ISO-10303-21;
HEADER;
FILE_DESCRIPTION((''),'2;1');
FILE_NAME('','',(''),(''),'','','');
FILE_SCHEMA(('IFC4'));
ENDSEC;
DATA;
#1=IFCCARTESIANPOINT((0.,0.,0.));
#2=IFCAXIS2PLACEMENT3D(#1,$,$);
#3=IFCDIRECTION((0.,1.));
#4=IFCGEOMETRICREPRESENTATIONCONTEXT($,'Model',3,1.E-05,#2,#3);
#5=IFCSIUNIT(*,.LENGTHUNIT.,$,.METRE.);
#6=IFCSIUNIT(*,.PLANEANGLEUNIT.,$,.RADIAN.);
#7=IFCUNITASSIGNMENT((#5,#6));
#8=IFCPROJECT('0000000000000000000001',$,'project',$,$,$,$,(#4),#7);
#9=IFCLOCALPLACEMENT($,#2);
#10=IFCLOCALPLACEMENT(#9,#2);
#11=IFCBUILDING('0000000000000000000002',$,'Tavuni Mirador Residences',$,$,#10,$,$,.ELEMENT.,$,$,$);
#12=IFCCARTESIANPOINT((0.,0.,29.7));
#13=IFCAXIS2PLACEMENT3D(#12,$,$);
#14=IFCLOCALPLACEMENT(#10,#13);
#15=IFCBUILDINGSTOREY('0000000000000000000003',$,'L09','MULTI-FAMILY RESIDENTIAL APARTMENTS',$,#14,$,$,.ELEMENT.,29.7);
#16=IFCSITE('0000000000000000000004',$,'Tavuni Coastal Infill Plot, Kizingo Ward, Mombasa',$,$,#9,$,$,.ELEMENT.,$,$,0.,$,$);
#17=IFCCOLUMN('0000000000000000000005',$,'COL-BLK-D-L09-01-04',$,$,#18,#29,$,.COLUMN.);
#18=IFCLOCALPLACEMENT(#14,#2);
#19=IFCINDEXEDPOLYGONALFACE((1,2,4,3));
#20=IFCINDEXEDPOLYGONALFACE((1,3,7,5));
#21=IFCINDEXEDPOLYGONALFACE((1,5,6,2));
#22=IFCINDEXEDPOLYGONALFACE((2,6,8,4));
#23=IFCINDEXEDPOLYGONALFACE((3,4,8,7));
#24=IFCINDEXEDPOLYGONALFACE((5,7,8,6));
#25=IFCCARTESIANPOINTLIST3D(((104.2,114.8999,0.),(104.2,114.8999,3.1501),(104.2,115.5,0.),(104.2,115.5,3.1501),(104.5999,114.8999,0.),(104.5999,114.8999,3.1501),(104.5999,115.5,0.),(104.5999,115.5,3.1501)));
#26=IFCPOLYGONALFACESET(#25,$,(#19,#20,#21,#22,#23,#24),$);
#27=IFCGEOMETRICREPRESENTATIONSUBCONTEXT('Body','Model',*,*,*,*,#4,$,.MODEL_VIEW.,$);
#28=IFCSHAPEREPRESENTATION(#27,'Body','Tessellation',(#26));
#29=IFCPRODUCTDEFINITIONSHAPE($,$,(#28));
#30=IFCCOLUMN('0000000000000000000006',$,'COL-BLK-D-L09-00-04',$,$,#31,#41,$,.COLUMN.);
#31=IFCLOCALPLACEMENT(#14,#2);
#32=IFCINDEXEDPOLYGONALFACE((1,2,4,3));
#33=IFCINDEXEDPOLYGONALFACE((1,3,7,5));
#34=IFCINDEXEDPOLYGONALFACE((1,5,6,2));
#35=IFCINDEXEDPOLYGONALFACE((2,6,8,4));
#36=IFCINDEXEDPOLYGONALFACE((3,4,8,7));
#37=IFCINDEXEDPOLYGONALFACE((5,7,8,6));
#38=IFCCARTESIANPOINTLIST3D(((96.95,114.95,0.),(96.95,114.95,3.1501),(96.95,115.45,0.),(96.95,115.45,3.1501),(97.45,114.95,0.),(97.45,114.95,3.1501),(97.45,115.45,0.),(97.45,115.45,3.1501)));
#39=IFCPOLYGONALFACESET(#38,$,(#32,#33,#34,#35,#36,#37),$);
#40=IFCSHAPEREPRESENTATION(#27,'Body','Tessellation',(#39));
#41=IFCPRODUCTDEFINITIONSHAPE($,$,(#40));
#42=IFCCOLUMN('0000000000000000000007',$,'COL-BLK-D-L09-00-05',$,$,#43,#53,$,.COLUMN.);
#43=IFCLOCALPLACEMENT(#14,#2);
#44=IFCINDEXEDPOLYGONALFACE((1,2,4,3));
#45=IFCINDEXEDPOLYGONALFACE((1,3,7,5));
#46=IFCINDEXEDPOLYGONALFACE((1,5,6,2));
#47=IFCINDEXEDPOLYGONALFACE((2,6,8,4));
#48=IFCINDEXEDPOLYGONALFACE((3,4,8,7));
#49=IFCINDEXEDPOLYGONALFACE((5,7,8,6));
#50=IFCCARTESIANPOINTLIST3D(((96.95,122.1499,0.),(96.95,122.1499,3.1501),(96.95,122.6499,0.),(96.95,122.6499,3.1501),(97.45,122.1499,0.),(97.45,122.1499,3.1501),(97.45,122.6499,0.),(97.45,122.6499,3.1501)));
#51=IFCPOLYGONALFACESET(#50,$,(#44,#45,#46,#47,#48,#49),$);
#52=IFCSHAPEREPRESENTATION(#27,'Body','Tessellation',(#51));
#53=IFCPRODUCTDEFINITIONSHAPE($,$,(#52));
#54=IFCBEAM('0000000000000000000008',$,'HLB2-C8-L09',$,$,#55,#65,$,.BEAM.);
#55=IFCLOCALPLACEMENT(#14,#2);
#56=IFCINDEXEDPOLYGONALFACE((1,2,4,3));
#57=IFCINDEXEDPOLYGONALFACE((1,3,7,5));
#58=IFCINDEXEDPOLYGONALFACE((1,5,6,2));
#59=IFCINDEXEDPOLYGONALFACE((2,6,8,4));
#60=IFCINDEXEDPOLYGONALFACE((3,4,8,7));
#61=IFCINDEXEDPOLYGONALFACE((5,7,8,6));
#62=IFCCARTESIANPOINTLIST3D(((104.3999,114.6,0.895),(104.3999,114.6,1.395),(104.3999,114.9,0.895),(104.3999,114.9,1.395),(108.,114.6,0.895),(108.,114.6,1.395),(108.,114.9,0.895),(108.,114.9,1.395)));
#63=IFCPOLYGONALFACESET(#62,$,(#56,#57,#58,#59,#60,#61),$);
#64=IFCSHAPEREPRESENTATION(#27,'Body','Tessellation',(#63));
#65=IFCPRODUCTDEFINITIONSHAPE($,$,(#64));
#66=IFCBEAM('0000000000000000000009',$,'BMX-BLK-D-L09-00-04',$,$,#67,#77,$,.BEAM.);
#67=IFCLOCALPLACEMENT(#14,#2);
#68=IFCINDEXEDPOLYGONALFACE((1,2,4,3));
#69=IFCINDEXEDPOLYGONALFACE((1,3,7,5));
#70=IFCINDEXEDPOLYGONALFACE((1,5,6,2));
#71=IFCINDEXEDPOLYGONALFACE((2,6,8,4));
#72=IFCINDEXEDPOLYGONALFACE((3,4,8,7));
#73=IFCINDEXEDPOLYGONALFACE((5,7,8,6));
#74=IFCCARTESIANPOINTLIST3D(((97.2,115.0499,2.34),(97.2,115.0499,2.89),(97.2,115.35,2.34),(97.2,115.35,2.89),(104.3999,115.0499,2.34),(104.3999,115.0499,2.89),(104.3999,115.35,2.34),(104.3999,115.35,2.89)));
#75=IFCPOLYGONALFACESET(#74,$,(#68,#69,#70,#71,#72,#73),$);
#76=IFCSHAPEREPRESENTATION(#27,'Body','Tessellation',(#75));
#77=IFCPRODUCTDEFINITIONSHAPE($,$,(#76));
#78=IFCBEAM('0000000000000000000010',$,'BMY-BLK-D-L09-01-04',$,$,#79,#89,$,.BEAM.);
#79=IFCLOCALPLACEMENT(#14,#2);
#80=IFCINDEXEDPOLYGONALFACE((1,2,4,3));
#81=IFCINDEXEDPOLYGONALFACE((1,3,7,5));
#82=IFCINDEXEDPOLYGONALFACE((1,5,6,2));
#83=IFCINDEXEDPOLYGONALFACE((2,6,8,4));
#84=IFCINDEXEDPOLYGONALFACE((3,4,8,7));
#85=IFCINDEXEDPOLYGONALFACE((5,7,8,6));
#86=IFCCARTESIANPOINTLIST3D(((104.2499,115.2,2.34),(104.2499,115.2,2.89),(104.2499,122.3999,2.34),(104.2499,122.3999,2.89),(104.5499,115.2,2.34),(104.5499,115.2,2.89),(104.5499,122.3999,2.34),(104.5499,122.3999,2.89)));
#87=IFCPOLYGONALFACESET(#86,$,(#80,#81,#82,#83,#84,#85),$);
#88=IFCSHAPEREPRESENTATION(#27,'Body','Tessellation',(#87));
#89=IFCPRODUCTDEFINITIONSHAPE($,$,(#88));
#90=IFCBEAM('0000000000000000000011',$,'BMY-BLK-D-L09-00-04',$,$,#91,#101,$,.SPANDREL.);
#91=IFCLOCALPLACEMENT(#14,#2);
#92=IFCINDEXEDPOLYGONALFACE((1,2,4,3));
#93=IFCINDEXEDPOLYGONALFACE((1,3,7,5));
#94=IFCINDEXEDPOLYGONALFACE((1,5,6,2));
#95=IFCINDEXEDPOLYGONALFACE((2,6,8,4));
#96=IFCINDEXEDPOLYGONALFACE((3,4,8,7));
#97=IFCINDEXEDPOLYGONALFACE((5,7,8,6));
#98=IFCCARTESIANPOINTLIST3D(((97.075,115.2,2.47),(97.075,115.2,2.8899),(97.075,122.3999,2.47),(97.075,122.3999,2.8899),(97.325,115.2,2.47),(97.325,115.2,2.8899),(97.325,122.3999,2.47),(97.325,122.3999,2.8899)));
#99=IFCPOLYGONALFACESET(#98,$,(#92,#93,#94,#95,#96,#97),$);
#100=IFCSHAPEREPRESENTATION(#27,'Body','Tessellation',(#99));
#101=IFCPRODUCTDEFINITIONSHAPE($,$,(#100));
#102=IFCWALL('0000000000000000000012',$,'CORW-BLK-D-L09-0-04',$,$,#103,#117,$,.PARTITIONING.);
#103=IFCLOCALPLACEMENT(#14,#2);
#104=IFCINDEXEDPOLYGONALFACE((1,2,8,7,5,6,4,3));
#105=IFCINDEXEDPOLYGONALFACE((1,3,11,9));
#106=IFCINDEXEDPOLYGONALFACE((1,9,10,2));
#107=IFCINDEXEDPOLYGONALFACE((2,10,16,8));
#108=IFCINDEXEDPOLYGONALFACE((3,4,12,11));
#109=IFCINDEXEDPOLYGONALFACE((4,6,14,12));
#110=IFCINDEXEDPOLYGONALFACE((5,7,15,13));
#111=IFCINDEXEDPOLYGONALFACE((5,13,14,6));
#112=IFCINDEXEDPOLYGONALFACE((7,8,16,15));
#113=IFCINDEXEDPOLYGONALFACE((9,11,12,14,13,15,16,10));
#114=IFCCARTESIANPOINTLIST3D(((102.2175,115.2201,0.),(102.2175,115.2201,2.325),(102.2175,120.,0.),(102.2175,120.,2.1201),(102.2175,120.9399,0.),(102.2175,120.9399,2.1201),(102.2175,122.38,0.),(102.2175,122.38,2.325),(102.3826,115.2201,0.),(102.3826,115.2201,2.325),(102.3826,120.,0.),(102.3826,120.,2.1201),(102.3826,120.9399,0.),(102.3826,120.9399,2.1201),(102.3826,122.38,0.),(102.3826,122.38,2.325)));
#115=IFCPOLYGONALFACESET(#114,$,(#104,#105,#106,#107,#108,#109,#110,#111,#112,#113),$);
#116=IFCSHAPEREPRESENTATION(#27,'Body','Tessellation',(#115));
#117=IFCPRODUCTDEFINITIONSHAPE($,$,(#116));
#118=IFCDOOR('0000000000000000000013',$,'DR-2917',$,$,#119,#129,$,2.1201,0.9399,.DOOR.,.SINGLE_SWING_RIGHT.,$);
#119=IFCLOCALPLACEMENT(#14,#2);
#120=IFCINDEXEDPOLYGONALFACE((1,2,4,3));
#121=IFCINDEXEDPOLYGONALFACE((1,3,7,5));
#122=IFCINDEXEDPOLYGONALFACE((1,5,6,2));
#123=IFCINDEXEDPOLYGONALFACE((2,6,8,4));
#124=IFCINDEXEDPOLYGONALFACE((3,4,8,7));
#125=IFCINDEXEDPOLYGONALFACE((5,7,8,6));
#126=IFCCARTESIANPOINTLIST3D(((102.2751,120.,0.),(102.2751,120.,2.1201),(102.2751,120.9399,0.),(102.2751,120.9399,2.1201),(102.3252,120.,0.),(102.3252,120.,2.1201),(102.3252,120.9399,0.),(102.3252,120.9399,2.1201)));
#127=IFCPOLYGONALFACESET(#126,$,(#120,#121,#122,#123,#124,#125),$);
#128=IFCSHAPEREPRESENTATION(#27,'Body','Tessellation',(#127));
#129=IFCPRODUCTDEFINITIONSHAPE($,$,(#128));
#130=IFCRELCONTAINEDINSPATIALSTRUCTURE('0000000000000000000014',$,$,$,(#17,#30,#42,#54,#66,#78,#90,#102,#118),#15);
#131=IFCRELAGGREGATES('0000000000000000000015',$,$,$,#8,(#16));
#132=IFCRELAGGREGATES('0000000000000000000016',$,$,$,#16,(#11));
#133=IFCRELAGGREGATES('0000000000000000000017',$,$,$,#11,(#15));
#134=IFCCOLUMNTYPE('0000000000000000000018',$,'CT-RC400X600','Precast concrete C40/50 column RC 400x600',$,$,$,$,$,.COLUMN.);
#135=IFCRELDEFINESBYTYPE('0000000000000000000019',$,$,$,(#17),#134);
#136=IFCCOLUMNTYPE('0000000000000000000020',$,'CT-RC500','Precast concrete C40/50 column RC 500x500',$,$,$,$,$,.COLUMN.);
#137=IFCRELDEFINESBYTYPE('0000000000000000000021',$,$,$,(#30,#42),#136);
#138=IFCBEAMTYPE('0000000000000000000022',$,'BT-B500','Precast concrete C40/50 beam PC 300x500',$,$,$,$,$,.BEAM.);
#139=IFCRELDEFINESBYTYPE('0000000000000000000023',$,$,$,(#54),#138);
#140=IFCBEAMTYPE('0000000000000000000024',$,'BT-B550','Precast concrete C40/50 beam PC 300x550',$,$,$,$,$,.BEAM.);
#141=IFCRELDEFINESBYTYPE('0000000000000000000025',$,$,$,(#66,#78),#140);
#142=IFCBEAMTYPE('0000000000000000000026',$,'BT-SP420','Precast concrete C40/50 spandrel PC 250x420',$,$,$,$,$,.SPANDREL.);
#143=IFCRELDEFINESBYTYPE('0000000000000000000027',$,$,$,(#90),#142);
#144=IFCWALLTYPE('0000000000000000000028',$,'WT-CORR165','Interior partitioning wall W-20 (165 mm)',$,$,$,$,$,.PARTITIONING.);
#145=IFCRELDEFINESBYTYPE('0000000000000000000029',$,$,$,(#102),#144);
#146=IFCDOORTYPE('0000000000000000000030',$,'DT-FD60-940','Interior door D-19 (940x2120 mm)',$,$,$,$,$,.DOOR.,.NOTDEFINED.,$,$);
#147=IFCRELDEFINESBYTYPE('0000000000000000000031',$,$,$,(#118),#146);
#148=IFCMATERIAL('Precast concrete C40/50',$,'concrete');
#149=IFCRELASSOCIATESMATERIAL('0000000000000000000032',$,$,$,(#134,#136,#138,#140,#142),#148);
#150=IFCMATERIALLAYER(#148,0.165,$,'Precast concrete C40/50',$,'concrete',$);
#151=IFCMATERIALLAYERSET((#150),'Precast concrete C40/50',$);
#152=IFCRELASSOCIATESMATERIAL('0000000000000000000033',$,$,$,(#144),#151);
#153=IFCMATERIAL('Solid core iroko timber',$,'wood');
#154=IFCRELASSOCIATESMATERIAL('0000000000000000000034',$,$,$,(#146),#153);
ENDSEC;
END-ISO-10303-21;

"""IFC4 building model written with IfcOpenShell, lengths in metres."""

from ifc_helpers import new_model, si_unit, direction, frame, frame_2d, origin, origin_2d, place, context, subcontext, project, spatial, rectangle, extrude, material, layer, layer_set, material_profile, profile_set, type_object, element, fill, save


model = new_model("IFC4")

# Units and contexts
model_context = context("Model", 3, precision=1e-05, world=origin(), true_north=direction((0.0, 1.0)))
body_context = subcontext(model_context, "Body", "Model", "MODEL_VIEW")
ifc_project = project(units=[si_unit("LENGTHUNIT", "METRE"), si_unit("PLANEANGLEUNIT", "RADIAN")], contexts=[model_context])

# Site, building, storey
site_placement = place(None, origin())
site = spatial("IfcSite", under=ifc_project, at=site_placement, Name="Tavuni Coastal Infill Plot, Kizingo Ward, Mombasa", CompositionType="ELEMENT", RefElevation=0.0)
building_placement = place(site_placement, origin())
building = spatial("IfcBuilding", under=site, at=building_placement, Name="Tavuni Mirador Residences", CompositionType="ELEMENT")
storey_placement = place(building_placement, frame((0.0, 0.0, 29.7)))
storey = spatial("IfcBuildingStorey", under=building, at=storey_placement, Name="L09", Description="MULTI-FAMILY RESIDENTIAL APARTMENTS", CompositionType="ELEMENT", Elevation=29.7)

# Columns
ifc_material_1 = material(Name="Precast concrete C40/50", Category="concrete")
ifc_material_profile_1 = material_profile(ifc_material_1, rectangle(XDim=0.3999, YDim=0.6001, at=origin_2d()), Name="RC 400x600", Category="concrete")
ifc_profile_set_1 = profile_set([ifc_material_profile_1], Name="Precast concrete C40/50")
column_type_1 = type_object("IfcColumnType", Name="CT-RC400X600", Description="Precast concrete C40/50 column RC 400x600", PredefinedType="COLUMN", material=ifc_profile_set_1)
column_placement = place(storey_placement, frame((104.3999, 115.2, 0.0), z_axis=(0.0, 0.0, 1.0), x_axis=(1.0, 0.0, 0.0)))
element("IfcColumn", 1, at=column_placement, inside=storey, type_object=column_type_1, Name="COL-BLK-D-L09-01-04", PredefinedType="COLUMN", context=body_context, shape_type="SweptSolid", body=[
    extrude(rectangle(XDim=0.3999, YDim=0.6001, at=origin_2d()), origin(), (0.0, 0.0, 1.0), 3.1501),
])
ifc_material_profile_2 = material_profile(ifc_material_1, rectangle(XDim=0.5, YDim=0.5, at=origin_2d()), Name="RC 500x500", Category="concrete")
ifc_profile_set_2 = profile_set([ifc_material_profile_2], Name="Precast concrete C40/50")
column_type_2 = type_object("IfcColumnType", Name="CT-RC500", Description="Precast concrete C40/50 column RC 500x500", PredefinedType="COLUMN", material=ifc_profile_set_2)
for number, where, z_axis, x_axis, name in (
    (2, (97.2, 115.2, 0.0), (0.0, 0.0, 1.0), (1.0, 0.0, 0.0), "COL-BLK-D-L09-00-04"),
    (3, (97.2, 122.3999, 0.0), (0.0, 0.0, 1.0), (1.0, 0.0, 0.0), "COL-BLK-D-L09-00-05"),
):
    element("IfcColumn", number, at=place(storey_placement, frame(where, z_axis=z_axis, x_axis=x_axis)), inside=storey, type_object=column_type_2, Name=name, PredefinedType="COLUMN", context=body_context, shape_type="SweptSolid", body=[
        extrude(rectangle(XDim=0.5, YDim=0.5, at=origin_2d()), origin(), (0.0, 0.0, 1.0), 3.1501),
    ])

# Beams
ifc_material_profile_3 = material_profile(ifc_material_1, rectangle(XDim=0.3, YDim=0.5, at=origin_2d()), Name="PC 300x500", Category="concrete")
ifc_profile_set_3 = profile_set([ifc_material_profile_3], Name="Precast concrete C40/50")
beam_type_1 = type_object("IfcBeamType", Name="BT-B500", Description="Precast concrete C40/50 beam PC 300x500", PredefinedType="BEAM", material=ifc_profile_set_3)
beam_1_placement = place(storey_placement, frame((104.3999, 114.75, 1.145), z_axis=(1.0, 0.0, 0.0), x_axis=(0.0, 1.0, 0.0)))
element("IfcBeam", 4, at=beam_1_placement, inside=storey, type_object=beam_type_1, Name="HLB2-C8-L09", PredefinedType="BEAM", context=body_context, shape_type="SweptSolid", body=[
    extrude(rectangle(XDim=0.3, YDim=0.5, at=origin_2d()), origin(), (0.0, 0.0, 1.0), 3.6001),
])
ifc_material_profile_4 = material_profile(ifc_material_1, rectangle(XDim=0.3, YDim=0.55, at=origin_2d()), Name="PC 300x550", Category="concrete")
ifc_profile_set_4 = profile_set([ifc_material_profile_4], Name="Precast concrete C40/50")
beam_type_2 = type_object("IfcBeamType", Name="BT-B550", Description="Precast concrete C40/50 beam PC 300x550", PredefinedType="BEAM", material=ifc_profile_set_4)
for number, where, z_axis, x_axis, name in (
    (5, (97.2, 115.2, 2.615), (1.0, 0.0, 0.0), (0.0, 1.0, 0.0), "BMX-BLK-D-L09-00-04"),
    (6, (104.3999, 115.2, 2.615), (0.0, 1.0, 0.0), (-1.0, 0.0, 0.0), "BMY-BLK-D-L09-01-04"),
):
    element("IfcBeam", number, at=place(storey_placement, frame(where, z_axis=z_axis, x_axis=x_axis)), inside=storey, type_object=beam_type_2, Name=name, PredefinedType="BEAM", context=body_context, shape_type="SweptSolid", body=[
        extrude(rectangle(XDim=0.3, YDim=0.55, at=origin_2d()), origin(), (0.0, 0.0, 1.0), 7.2),
    ])
ifc_material_profile_5 = material_profile(ifc_material_1, rectangle(XDim=0.25, YDim=0.4199, at=origin_2d()), Name="PC 250x420", Category="concrete")
ifc_profile_set_5 = profile_set([ifc_material_profile_5], Name="Precast concrete C40/50")
beam_type_3 = type_object("IfcBeamType", Name="BT-SP420", Description="Precast concrete C40/50 spandrel PC 250x420", PredefinedType="SPANDREL", material=ifc_profile_set_5)
beam_2_placement = place(storey_placement, frame((97.2, 115.2, 2.6799), z_axis=(0.0, 1.0, 0.0), x_axis=(-1.0, 0.0, 0.0)))
element("IfcBeam", 7, at=beam_2_placement, inside=storey, type_object=beam_type_3, Name="BMY-BLK-D-L09-00-04", PredefinedType="SPANDREL", context=body_context, shape_type="SweptSolid", body=[
    extrude(rectangle(XDim=0.25, YDim=0.4199, at=origin_2d()), origin(), (0.0, 0.0, 1.0), 7.2),
])

# Wall, opening, door
ifc_layer_1 = layer(ifc_material_1, 0.165, Name="Precast concrete C40/50", Category="concrete")
ifc_layer_set_1 = layer_set([ifc_layer_1], Name="Precast concrete C40/50")
wall_type_1 = type_object("IfcWallType", Name="WT-CORR165", Description="Interior partitioning wall W-20 (165 mm)", PredefinedType="PARTITIONING", material=ifc_layer_set_1)
wall_1_placement = place(storey_placement, frame((102.3, 115.22, 0.0), z_axis=(0.0, 0.0, 1.0), x_axis=(0.0, 1.0, 0.0)))
wall_1 = element("IfcWall", 8, at=wall_1_placement, inside=storey, type_object=wall_type_1, Name="CORW-BLK-D-L09-0-04", PredefinedType="PARTITIONING", context=body_context, shape_type="SweptSolid", body=[
    extrude(rectangle(XDim=7.1599, YDim=0.165, at=frame_2d((3.5801, 0.0))), origin(), (0.0, 0.0, 1.0), 2.325),
])
opening_1_placement = place(wall_1_placement, frame((4.78, 0.0, 0.0)))
opening_1 = element("IfcOpeningElement", 9, at=opening_1_placement, cuts=wall_1, PredefinedType="OPENING", context=body_context, shape_type="SweptSolid", body=[
    extrude(rectangle(XDim=0.9399, YDim=2.1201, at=frame_2d((0.47, 1.0601))), frame((0.0, 0.0925, 0.0), z_axis=(0.0, -1.0, 0.0), x_axis=(1.0, 0.0, 0.0)), (0.0, 0.0, 1.0), 0.1851),
])
ifc_material_2 = material(Name="Solid core iroko timber", Category="wood")
door_type_1 = type_object("IfcDoorType", Name="DT-FD60-940", Description="Interior door D-19 (940x2120 mm)", OperationType="NOTDEFINED", PredefinedType="DOOR", material=ifc_material_2)
door_1_placement = place(opening_1_placement, origin())
door_1 = element("IfcDoor", 10, at=door_1_placement, inside=storey, type_object=door_type_1, Name="DR-2917", OperationType="SINGLE_SWING_RIGHT", OverallHeight=2.1201, OverallWidth=0.9399, PredefinedType="DOOR", context=body_context, shape_type="SweptSolid", body=[
    extrude(rectangle(XDim=0.9399, YDim=2.1201, at=frame_2d((0.47, 1.0601))), frame((0.0, 0.0249, 0.0), z_axis=(0.0, -1.0, 0.0), x_axis=(1.0, 0.0, 0.0)), (0.0, 0.0, 1.0), 0.05),
])
fill(opening_1, door_1)

save(model, "model.ifc")
